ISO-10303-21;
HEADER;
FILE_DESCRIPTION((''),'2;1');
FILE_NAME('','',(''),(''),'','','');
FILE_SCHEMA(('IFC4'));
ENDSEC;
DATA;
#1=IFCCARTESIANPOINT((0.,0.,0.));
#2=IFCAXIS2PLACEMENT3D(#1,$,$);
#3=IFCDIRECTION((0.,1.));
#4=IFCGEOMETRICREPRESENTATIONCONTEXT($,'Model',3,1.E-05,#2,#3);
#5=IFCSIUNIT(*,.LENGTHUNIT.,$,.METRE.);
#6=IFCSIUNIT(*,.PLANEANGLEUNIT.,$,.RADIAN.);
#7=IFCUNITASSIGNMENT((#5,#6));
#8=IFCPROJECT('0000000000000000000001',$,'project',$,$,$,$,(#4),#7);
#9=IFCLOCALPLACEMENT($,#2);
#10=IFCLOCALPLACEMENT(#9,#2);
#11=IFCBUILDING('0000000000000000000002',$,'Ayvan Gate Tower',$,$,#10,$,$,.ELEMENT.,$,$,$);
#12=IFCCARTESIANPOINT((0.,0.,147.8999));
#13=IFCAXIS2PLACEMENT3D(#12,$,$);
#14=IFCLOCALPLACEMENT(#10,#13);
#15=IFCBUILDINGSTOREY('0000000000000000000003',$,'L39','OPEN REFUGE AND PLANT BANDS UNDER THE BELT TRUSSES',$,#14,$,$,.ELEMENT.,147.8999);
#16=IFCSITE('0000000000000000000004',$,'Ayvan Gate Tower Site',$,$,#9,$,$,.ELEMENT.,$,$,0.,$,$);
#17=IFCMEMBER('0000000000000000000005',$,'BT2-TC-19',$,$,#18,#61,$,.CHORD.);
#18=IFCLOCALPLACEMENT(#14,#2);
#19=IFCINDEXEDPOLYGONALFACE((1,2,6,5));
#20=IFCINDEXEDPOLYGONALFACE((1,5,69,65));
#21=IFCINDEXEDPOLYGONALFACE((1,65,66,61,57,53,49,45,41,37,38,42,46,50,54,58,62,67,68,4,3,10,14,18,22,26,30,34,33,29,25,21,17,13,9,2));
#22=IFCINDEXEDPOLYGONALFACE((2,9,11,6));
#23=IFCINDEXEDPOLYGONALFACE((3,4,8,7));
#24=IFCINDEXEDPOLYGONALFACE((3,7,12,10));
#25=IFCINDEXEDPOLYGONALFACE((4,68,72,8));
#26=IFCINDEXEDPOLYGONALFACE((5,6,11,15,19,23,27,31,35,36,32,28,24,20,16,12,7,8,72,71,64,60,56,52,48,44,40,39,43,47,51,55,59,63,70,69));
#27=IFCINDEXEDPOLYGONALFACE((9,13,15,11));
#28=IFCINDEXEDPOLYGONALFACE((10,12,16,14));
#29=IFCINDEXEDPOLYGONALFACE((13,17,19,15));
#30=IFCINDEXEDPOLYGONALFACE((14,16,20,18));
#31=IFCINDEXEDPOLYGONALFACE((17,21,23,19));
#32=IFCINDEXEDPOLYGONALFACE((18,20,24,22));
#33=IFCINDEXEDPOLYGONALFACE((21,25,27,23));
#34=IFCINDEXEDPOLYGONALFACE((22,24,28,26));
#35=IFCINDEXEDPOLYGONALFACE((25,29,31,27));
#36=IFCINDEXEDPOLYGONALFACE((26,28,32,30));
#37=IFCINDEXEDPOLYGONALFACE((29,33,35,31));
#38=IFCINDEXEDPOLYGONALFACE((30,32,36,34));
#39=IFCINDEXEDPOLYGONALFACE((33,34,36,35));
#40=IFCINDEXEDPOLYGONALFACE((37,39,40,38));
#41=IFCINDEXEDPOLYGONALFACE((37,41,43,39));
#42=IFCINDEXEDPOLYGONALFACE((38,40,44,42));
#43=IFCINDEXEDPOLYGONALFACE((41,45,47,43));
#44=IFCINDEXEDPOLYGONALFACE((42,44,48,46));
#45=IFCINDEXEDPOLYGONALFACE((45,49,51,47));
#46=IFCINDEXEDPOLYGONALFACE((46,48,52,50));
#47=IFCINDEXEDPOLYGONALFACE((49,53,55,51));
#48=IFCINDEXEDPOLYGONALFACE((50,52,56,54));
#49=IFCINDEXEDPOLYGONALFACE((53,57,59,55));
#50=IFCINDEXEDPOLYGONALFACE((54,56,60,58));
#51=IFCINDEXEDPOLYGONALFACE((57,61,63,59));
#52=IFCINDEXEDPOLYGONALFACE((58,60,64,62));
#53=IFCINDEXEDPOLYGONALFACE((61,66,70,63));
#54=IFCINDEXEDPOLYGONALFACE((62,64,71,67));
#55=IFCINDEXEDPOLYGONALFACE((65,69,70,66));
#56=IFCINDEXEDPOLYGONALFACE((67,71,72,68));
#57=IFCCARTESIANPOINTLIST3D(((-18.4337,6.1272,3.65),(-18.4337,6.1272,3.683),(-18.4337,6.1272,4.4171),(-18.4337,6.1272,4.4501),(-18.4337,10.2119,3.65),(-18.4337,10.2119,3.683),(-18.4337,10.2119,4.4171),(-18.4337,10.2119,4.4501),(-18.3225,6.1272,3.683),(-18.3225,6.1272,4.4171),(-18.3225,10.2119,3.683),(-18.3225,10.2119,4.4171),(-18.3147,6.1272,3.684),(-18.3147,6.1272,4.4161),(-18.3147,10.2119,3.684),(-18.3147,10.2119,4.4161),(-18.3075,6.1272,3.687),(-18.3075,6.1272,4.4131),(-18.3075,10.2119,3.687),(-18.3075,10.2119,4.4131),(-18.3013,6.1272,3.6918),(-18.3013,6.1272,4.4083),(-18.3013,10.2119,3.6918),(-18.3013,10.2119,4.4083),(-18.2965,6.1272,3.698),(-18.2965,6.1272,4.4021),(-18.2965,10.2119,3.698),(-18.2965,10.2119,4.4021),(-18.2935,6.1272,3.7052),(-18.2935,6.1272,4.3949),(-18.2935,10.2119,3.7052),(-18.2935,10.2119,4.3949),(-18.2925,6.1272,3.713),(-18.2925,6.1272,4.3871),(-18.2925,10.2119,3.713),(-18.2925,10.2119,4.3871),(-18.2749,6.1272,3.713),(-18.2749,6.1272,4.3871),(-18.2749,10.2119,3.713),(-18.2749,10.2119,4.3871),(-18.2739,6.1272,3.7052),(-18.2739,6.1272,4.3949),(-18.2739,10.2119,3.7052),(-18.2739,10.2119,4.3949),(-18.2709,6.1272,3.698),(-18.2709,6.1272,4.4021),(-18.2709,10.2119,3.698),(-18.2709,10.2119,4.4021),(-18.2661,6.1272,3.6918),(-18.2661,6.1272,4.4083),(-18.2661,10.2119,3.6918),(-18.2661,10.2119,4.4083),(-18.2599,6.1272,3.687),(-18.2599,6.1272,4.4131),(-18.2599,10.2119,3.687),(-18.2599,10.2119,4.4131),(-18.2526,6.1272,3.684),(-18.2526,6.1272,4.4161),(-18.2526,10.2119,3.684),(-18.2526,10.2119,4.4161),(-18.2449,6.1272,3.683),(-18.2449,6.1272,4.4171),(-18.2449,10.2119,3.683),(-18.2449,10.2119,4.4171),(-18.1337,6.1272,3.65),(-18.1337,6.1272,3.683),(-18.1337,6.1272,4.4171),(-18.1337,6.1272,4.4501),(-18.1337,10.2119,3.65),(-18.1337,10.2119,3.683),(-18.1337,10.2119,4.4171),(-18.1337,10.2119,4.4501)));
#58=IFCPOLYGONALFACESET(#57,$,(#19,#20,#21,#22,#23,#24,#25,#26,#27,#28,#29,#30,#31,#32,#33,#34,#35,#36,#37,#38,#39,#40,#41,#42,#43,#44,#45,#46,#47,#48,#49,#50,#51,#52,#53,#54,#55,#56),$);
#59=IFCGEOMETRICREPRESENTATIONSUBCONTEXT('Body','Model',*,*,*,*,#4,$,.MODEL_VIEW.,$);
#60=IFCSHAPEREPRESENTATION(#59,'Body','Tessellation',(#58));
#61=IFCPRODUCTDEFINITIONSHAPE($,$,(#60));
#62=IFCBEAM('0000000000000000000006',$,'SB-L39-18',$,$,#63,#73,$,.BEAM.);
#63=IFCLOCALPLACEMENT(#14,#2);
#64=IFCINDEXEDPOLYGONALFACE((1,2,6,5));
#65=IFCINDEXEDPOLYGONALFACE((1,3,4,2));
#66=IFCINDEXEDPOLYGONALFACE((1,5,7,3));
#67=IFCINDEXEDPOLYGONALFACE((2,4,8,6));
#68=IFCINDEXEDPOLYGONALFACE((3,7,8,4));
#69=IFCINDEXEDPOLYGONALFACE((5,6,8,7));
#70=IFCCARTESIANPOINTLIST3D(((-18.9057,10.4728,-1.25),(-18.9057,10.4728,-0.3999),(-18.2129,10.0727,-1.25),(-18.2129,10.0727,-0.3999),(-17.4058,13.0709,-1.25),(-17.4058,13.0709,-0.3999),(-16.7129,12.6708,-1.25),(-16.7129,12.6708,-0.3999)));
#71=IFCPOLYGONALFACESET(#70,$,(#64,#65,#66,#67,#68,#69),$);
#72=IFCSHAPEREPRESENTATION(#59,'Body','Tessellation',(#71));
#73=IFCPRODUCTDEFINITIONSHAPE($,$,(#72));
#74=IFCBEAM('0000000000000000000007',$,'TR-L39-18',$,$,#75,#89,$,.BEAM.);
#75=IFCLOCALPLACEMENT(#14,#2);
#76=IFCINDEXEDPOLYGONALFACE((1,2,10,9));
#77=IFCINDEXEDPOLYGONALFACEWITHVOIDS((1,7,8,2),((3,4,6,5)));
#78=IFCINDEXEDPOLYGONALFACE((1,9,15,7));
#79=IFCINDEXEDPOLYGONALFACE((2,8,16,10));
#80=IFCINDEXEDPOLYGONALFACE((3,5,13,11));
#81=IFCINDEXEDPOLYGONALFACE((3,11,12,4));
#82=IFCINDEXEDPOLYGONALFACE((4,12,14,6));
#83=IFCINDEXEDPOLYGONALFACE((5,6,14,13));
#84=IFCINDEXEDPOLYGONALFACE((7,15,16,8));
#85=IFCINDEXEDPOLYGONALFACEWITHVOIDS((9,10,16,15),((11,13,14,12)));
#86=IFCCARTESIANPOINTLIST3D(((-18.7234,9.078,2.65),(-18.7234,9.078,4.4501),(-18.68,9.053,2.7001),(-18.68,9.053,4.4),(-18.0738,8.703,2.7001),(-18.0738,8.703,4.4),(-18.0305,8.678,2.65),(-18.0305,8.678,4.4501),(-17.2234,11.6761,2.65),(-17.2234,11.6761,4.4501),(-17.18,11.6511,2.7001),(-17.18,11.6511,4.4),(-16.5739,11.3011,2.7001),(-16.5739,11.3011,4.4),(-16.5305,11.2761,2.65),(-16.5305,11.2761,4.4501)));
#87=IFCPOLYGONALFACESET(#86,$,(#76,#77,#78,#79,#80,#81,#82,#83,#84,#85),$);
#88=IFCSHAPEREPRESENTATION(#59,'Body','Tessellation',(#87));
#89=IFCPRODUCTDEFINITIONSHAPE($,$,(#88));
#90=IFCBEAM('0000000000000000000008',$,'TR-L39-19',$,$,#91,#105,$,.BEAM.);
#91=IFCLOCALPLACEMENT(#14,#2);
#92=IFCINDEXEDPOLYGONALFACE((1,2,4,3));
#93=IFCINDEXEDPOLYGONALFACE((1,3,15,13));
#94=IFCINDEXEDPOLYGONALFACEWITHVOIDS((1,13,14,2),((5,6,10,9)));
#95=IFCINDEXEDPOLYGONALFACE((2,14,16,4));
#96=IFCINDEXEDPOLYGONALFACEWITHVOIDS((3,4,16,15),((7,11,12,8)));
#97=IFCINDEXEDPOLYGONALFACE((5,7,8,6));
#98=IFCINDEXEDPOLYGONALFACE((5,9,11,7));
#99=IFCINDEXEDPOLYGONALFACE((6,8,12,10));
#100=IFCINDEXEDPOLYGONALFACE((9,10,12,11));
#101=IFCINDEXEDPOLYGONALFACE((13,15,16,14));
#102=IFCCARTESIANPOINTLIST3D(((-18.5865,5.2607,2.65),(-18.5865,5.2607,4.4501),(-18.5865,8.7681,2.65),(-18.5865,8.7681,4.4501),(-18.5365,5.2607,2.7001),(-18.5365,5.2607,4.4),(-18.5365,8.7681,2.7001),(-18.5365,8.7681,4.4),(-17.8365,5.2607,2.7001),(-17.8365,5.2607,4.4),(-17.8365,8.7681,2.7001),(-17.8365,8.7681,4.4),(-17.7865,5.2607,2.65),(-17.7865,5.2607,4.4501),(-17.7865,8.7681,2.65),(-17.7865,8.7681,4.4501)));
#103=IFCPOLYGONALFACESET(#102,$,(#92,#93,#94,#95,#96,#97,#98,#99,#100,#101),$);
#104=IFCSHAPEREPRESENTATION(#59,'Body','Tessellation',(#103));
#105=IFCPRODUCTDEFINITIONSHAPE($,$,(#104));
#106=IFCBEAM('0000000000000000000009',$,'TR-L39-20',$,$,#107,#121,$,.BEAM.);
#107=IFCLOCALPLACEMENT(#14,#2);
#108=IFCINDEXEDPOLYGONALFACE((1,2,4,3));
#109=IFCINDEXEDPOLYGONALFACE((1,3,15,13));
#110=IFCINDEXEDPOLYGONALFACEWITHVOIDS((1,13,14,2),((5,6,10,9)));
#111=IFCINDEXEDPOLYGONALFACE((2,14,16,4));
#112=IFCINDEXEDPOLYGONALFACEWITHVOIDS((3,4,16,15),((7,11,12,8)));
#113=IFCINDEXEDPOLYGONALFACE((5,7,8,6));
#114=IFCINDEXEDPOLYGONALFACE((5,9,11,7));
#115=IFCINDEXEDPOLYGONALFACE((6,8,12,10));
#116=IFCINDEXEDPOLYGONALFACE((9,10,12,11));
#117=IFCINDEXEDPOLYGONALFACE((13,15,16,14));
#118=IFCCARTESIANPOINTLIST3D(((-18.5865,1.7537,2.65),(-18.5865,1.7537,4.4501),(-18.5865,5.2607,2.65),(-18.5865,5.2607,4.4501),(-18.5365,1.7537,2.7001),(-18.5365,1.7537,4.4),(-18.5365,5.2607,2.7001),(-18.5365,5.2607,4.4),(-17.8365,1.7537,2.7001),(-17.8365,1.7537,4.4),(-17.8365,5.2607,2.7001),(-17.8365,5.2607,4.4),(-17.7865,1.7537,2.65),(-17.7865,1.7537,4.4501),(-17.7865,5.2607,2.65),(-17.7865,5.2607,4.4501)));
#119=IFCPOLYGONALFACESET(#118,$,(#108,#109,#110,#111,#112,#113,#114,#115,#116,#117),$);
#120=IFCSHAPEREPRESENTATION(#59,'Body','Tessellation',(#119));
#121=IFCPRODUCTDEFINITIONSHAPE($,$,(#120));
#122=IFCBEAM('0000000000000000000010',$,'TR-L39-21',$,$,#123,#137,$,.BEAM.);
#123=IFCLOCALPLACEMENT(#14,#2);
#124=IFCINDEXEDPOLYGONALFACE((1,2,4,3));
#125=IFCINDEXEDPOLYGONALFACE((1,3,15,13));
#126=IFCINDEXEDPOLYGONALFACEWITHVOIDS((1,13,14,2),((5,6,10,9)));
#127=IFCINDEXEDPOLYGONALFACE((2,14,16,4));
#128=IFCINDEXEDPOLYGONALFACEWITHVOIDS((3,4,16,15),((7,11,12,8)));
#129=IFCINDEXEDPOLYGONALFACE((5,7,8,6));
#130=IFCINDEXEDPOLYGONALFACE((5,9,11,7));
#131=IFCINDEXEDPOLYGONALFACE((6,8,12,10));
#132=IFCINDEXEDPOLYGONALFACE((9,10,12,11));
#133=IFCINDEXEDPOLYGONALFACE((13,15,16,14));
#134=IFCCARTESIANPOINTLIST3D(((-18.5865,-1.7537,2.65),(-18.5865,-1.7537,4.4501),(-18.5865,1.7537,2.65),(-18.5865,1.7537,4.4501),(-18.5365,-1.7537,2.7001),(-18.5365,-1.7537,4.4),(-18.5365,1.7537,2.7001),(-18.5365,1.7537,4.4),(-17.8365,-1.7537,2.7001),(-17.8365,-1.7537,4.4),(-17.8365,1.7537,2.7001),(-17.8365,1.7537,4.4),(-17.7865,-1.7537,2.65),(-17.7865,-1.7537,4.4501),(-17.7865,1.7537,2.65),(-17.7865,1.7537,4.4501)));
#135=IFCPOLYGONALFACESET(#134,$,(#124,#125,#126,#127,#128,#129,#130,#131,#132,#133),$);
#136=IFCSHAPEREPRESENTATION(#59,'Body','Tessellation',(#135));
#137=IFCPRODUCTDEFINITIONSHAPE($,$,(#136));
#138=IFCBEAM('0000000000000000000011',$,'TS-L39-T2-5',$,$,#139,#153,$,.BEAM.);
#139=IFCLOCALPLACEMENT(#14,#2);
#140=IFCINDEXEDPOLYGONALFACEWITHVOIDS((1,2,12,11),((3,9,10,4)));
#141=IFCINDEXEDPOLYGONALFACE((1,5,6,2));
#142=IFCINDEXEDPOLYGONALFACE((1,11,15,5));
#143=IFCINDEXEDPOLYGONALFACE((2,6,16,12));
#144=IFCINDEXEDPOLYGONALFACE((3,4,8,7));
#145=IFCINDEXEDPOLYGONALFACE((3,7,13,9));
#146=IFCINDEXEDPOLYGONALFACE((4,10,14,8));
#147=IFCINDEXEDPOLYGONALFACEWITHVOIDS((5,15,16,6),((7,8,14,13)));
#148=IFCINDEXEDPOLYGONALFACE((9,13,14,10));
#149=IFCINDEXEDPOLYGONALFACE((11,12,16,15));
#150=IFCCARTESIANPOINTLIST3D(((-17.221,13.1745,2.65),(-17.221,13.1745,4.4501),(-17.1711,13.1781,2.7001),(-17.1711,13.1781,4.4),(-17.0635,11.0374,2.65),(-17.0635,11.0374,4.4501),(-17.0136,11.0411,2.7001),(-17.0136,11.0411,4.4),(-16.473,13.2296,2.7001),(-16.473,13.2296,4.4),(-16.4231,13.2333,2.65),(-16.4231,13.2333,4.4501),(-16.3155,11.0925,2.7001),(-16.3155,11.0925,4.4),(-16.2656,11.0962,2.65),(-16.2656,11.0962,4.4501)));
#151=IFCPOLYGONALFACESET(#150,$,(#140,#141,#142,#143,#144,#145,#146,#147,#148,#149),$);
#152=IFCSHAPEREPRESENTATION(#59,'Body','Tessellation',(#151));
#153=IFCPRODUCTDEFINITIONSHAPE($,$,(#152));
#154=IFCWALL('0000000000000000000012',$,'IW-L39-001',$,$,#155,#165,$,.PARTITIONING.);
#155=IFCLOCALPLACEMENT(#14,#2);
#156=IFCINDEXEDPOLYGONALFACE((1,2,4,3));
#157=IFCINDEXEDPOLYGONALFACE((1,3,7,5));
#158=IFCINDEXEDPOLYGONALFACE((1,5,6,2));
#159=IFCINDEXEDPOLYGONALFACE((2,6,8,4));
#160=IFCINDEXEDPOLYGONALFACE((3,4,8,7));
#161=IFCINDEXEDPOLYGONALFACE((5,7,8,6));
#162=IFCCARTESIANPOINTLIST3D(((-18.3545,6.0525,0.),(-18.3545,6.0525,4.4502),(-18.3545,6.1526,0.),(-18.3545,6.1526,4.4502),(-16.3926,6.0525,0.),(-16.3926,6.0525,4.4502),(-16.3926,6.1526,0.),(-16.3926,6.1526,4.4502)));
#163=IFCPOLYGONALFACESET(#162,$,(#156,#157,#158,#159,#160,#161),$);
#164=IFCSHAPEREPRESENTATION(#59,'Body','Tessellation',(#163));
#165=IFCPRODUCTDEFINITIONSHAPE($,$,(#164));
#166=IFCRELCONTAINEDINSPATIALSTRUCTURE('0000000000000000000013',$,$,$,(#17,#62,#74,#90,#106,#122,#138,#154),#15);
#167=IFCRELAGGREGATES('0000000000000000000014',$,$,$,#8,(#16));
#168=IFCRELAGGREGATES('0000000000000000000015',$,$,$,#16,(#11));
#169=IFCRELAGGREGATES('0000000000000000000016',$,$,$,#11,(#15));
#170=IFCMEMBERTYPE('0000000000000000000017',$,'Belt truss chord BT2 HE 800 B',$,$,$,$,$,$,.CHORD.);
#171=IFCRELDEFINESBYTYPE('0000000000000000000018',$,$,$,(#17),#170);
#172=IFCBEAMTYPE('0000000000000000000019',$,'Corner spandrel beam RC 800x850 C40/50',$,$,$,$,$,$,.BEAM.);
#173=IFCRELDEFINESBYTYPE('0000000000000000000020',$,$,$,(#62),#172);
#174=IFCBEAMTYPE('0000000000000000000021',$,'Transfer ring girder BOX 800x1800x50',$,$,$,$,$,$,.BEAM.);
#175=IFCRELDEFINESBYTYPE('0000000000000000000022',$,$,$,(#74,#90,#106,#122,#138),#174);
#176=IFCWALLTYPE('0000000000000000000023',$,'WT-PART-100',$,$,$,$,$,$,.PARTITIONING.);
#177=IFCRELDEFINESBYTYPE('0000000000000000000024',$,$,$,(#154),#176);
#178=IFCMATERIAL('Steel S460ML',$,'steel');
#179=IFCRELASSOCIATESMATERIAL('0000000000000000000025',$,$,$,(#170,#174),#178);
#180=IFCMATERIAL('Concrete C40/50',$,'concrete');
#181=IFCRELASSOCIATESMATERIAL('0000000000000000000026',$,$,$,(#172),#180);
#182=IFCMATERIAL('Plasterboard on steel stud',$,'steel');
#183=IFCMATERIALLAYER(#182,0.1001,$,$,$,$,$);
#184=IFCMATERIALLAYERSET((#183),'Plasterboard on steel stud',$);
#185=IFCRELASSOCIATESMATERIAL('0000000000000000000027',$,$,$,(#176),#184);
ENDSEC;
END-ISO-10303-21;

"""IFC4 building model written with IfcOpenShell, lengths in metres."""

from ifc_helpers import new_model, si_unit, direction, frame, frame_2d, origin, origin_2d, place, context, subcontext, project, spatial, rectangle, hollow_rectangle, i_section, extrude, material, layer, layer_set, material_profile, profile_set, type_object, element, save


model = new_model("IFC4")

# Units and contexts
model_context = context("Model", 3, precision=1e-05, world=origin(), true_north=direction((0.0, 1.0)))
body_context = subcontext(model_context, "Body", "Model", "MODEL_VIEW")
ifc_project = project(units=[si_unit("LENGTHUNIT", "METRE"), si_unit("PLANEANGLEUNIT", "RADIAN")], contexts=[model_context])

# Site, building, storey
site_placement = place(None, origin())
site = spatial("IfcSite", under=ifc_project, at=site_placement, Name="Ayvan Gate Tower Site", CompositionType="ELEMENT", RefElevation=0.0)
building_placement = place(site_placement, origin())
building = spatial("IfcBuilding", under=site, at=building_placement, Name="Ayvan Gate Tower", CompositionType="ELEMENT")
storey_placement = place(building_placement, frame((0.0, 0.0, 147.8999)))
storey = spatial("IfcBuildingStorey", under=building, at=storey_placement, Name="L39", Description="OPEN REFUGE AND PLANT BANDS UNDER THE BELT TRUSSES", CompositionType="ELEMENT", Elevation=147.8999)

# Member
ifc_material_1 = material(Name="Steel S460ML", Category="steel")
ifc_material_profile_1 = material_profile(ifc_material_1, i_section(OverallWidth=0.3, OverallDepth=0.8, WebThickness=0.0176, FlangeThickness=0.033, FilletRadius=0.03, at=origin_2d()), Name="HE 800 B")
ifc_profile_set_1 = profile_set([ifc_material_profile_1], Name="Steel S460ML")
member_type_1 = type_object("IfcMemberType", Name="Belt truss chord BT2 HE 800 B", PredefinedType="CHORD", material=ifc_profile_set_1)
member_1_placement = place(storey_placement, frame((-18.2837, 10.2119, 4.05), z_axis=(0.0, -1.0, 0.0), x_axis=(1.0, 0.0, 0.0)))
element("IfcMember", 1, at=member_1_placement, inside=storey, type_object=member_type_1, Name="BT2-TC-19", PredefinedType="CHORD", context=body_context, shape_type="SweptSolid", body=[
    extrude(i_section(OverallWidth=0.3, OverallDepth=0.8, WebThickness=0.0176, FlangeThickness=0.033, FilletRadius=0.03, at=origin_2d()), origin(), (0.0, 0.0, 1.0), 4.0847),
])

# Beams
ifc_material_2 = material(Name="Concrete C40/50", Category="concrete")
ifc_material_profile_2 = material_profile(ifc_material_2, rectangle(XDim=0.8, YDim=0.8501, at=origin_2d()), Name="RC 800x850")
ifc_profile_set_2 = profile_set([ifc_material_profile_2], Name="Concrete C40/50")
beam_type_1 = type_object("IfcBeamType", Name="Corner spandrel beam RC 800x850 C40/50", PredefinedType="BEAM", material=ifc_profile_set_2)
beam_1_placement = place(storey_placement, frame((-17.0593, 12.8708, -0.825), z_axis=(-0.49999, -0.866031, 0.0), x_axis=(0.866031, -0.49999, 0.0)))
element("IfcBeam", 2, at=beam_1_placement, inside=storey, type_object=beam_type_1, Name="SB-L39-18", PredefinedType="BEAM", context=body_context, shape_type="SweptSolid", body=[
    extrude(rectangle(XDim=0.8, YDim=0.8501, at=origin_2d()), origin(), (0.0, 0.0, 1.0), 3.0),
])
ifc_material_profile_3 = material_profile(ifc_material_1, hollow_rectangle(XDim=0.8, YDim=1.8, WallThickness=0.05, at=origin_2d()), Name="BOX 800x1800x50")
ifc_profile_set_3 = profile_set([ifc_material_profile_3], Name="Steel S460ML")
beam_type_2 = type_object("IfcBeamType", Name="Transfer ring girder BOX 800x1800x50", PredefinedType="BEAM", material=ifc_profile_set_3)
beam_2_placement = place(storey_placement, frame((-16.877, 11.4761, 3.55), z_axis=(-0.49999, -0.866031, 0.0), x_axis=(0.866031, -0.49999, 0.0)))
element("IfcBeam", 3, at=beam_2_placement, inside=storey, type_object=beam_type_2, Name="TR-L39-18", PredefinedType="BEAM", context=body_context, shape_type="SweptSolid", body=[
    extrude(hollow_rectangle(XDim=0.8, YDim=1.8, WallThickness=0.05, at=origin_2d()), origin(), (0.0, 0.0, 1.0), 3.0),
])
beam_3_placement = place(storey_placement, frame((-18.1865, 8.7681, 3.55), z_axis=(0.0, -1.0, 0.0), x_axis=(1.0, 0.0, 0.0)))
element("IfcBeam", 4, at=beam_3_placement, inside=storey, type_object=beam_type_2, Name="TR-L39-19", PredefinedType="BEAM", context=body_context, shape_type="SweptSolid", body=[
    extrude(hollow_rectangle(XDim=0.8, YDim=1.8, WallThickness=0.05, at=origin_2d()), origin(), (0.0, 0.0, 1.0), 3.5073),
])
beam_4_placement = place(storey_placement, frame((-18.1865, 5.2607, 3.55), z_axis=(0.0, -1.0, 0.0), x_axis=(1.0, 0.0, 0.0)))
element("IfcBeam", 5, at=beam_4_placement, inside=storey, type_object=beam_type_2, Name="TR-L39-20", PredefinedType="BEAM", context=body_context, shape_type="SweptSolid", body=[
    extrude(hollow_rectangle(XDim=0.8, YDim=1.8, WallThickness=0.05, at=origin_2d()), origin(), (0.0, 0.0, 1.0), 3.5071),
])
beam_5_placement = place(storey_placement, frame((-18.1865, 1.7537, 3.55), z_axis=(0.0, -1.0, 0.0), x_axis=(1.0, 0.0, 0.0)))
element("IfcBeam", 6, at=beam_5_placement, inside=storey, type_object=beam_type_2, Name="TR-L39-21", PredefinedType="BEAM", context=body_context, shape_type="SweptSolid", body=[
    extrude(hollow_rectangle(XDim=0.8, YDim=1.8, WallThickness=0.05, at=origin_2d()), origin(), (0.0, 0.0, 1.0), 3.5073),
])
beam_6_placement = place(storey_placement, frame((-16.822, 13.2039, 3.55), z_axis=(0.07349, -0.997296, 0.0), x_axis=(0.997296, 0.07349, 0.0)))
element("IfcBeam", 7, at=beam_6_placement, inside=storey, type_object=beam_type_2, Name="TS-L39-T2-5", PredefinedType="BEAM", context=body_context, shape_type="SweptSolid", body=[
    extrude(hollow_rectangle(XDim=0.8, YDim=1.8, WallThickness=0.05, at=origin_2d()), origin(), (0.0, 0.0, 1.0), 2.1428),
])

# Wall
ifc_material_3 = material(Name="Plasterboard on steel stud", Category="steel")
ifc_layer_1 = layer(ifc_material_3, 0.1001)
ifc_layer_set_1 = layer_set([ifc_layer_1], Name="Plasterboard on steel stud")
wall_type = type_object("IfcWallType", Name="WT-PART-100", PredefinedType="PARTITIONING", material=ifc_layer_set_1)
wall_placement = place(storey_placement, frame((-16.3926, 6.1025, 0.0), z_axis=(0.0, 0.0, 1.0), x_axis=(-1.0, 0.0, 0.0)))
element("IfcWall", 8, at=wall_placement, inside=storey, type_object=wall_type, Name="IW-L39-001", PredefinedType="PARTITIONING", context=body_context, shape_type="SweptSolid", body=[
    extrude(rectangle(XDim=1.9619, YDim=0.1001, at=frame_2d((0.981, 0.0))), origin(), (0.0, 0.0, 1.0), 4.4502),
])

save(model, "model.ifc")
